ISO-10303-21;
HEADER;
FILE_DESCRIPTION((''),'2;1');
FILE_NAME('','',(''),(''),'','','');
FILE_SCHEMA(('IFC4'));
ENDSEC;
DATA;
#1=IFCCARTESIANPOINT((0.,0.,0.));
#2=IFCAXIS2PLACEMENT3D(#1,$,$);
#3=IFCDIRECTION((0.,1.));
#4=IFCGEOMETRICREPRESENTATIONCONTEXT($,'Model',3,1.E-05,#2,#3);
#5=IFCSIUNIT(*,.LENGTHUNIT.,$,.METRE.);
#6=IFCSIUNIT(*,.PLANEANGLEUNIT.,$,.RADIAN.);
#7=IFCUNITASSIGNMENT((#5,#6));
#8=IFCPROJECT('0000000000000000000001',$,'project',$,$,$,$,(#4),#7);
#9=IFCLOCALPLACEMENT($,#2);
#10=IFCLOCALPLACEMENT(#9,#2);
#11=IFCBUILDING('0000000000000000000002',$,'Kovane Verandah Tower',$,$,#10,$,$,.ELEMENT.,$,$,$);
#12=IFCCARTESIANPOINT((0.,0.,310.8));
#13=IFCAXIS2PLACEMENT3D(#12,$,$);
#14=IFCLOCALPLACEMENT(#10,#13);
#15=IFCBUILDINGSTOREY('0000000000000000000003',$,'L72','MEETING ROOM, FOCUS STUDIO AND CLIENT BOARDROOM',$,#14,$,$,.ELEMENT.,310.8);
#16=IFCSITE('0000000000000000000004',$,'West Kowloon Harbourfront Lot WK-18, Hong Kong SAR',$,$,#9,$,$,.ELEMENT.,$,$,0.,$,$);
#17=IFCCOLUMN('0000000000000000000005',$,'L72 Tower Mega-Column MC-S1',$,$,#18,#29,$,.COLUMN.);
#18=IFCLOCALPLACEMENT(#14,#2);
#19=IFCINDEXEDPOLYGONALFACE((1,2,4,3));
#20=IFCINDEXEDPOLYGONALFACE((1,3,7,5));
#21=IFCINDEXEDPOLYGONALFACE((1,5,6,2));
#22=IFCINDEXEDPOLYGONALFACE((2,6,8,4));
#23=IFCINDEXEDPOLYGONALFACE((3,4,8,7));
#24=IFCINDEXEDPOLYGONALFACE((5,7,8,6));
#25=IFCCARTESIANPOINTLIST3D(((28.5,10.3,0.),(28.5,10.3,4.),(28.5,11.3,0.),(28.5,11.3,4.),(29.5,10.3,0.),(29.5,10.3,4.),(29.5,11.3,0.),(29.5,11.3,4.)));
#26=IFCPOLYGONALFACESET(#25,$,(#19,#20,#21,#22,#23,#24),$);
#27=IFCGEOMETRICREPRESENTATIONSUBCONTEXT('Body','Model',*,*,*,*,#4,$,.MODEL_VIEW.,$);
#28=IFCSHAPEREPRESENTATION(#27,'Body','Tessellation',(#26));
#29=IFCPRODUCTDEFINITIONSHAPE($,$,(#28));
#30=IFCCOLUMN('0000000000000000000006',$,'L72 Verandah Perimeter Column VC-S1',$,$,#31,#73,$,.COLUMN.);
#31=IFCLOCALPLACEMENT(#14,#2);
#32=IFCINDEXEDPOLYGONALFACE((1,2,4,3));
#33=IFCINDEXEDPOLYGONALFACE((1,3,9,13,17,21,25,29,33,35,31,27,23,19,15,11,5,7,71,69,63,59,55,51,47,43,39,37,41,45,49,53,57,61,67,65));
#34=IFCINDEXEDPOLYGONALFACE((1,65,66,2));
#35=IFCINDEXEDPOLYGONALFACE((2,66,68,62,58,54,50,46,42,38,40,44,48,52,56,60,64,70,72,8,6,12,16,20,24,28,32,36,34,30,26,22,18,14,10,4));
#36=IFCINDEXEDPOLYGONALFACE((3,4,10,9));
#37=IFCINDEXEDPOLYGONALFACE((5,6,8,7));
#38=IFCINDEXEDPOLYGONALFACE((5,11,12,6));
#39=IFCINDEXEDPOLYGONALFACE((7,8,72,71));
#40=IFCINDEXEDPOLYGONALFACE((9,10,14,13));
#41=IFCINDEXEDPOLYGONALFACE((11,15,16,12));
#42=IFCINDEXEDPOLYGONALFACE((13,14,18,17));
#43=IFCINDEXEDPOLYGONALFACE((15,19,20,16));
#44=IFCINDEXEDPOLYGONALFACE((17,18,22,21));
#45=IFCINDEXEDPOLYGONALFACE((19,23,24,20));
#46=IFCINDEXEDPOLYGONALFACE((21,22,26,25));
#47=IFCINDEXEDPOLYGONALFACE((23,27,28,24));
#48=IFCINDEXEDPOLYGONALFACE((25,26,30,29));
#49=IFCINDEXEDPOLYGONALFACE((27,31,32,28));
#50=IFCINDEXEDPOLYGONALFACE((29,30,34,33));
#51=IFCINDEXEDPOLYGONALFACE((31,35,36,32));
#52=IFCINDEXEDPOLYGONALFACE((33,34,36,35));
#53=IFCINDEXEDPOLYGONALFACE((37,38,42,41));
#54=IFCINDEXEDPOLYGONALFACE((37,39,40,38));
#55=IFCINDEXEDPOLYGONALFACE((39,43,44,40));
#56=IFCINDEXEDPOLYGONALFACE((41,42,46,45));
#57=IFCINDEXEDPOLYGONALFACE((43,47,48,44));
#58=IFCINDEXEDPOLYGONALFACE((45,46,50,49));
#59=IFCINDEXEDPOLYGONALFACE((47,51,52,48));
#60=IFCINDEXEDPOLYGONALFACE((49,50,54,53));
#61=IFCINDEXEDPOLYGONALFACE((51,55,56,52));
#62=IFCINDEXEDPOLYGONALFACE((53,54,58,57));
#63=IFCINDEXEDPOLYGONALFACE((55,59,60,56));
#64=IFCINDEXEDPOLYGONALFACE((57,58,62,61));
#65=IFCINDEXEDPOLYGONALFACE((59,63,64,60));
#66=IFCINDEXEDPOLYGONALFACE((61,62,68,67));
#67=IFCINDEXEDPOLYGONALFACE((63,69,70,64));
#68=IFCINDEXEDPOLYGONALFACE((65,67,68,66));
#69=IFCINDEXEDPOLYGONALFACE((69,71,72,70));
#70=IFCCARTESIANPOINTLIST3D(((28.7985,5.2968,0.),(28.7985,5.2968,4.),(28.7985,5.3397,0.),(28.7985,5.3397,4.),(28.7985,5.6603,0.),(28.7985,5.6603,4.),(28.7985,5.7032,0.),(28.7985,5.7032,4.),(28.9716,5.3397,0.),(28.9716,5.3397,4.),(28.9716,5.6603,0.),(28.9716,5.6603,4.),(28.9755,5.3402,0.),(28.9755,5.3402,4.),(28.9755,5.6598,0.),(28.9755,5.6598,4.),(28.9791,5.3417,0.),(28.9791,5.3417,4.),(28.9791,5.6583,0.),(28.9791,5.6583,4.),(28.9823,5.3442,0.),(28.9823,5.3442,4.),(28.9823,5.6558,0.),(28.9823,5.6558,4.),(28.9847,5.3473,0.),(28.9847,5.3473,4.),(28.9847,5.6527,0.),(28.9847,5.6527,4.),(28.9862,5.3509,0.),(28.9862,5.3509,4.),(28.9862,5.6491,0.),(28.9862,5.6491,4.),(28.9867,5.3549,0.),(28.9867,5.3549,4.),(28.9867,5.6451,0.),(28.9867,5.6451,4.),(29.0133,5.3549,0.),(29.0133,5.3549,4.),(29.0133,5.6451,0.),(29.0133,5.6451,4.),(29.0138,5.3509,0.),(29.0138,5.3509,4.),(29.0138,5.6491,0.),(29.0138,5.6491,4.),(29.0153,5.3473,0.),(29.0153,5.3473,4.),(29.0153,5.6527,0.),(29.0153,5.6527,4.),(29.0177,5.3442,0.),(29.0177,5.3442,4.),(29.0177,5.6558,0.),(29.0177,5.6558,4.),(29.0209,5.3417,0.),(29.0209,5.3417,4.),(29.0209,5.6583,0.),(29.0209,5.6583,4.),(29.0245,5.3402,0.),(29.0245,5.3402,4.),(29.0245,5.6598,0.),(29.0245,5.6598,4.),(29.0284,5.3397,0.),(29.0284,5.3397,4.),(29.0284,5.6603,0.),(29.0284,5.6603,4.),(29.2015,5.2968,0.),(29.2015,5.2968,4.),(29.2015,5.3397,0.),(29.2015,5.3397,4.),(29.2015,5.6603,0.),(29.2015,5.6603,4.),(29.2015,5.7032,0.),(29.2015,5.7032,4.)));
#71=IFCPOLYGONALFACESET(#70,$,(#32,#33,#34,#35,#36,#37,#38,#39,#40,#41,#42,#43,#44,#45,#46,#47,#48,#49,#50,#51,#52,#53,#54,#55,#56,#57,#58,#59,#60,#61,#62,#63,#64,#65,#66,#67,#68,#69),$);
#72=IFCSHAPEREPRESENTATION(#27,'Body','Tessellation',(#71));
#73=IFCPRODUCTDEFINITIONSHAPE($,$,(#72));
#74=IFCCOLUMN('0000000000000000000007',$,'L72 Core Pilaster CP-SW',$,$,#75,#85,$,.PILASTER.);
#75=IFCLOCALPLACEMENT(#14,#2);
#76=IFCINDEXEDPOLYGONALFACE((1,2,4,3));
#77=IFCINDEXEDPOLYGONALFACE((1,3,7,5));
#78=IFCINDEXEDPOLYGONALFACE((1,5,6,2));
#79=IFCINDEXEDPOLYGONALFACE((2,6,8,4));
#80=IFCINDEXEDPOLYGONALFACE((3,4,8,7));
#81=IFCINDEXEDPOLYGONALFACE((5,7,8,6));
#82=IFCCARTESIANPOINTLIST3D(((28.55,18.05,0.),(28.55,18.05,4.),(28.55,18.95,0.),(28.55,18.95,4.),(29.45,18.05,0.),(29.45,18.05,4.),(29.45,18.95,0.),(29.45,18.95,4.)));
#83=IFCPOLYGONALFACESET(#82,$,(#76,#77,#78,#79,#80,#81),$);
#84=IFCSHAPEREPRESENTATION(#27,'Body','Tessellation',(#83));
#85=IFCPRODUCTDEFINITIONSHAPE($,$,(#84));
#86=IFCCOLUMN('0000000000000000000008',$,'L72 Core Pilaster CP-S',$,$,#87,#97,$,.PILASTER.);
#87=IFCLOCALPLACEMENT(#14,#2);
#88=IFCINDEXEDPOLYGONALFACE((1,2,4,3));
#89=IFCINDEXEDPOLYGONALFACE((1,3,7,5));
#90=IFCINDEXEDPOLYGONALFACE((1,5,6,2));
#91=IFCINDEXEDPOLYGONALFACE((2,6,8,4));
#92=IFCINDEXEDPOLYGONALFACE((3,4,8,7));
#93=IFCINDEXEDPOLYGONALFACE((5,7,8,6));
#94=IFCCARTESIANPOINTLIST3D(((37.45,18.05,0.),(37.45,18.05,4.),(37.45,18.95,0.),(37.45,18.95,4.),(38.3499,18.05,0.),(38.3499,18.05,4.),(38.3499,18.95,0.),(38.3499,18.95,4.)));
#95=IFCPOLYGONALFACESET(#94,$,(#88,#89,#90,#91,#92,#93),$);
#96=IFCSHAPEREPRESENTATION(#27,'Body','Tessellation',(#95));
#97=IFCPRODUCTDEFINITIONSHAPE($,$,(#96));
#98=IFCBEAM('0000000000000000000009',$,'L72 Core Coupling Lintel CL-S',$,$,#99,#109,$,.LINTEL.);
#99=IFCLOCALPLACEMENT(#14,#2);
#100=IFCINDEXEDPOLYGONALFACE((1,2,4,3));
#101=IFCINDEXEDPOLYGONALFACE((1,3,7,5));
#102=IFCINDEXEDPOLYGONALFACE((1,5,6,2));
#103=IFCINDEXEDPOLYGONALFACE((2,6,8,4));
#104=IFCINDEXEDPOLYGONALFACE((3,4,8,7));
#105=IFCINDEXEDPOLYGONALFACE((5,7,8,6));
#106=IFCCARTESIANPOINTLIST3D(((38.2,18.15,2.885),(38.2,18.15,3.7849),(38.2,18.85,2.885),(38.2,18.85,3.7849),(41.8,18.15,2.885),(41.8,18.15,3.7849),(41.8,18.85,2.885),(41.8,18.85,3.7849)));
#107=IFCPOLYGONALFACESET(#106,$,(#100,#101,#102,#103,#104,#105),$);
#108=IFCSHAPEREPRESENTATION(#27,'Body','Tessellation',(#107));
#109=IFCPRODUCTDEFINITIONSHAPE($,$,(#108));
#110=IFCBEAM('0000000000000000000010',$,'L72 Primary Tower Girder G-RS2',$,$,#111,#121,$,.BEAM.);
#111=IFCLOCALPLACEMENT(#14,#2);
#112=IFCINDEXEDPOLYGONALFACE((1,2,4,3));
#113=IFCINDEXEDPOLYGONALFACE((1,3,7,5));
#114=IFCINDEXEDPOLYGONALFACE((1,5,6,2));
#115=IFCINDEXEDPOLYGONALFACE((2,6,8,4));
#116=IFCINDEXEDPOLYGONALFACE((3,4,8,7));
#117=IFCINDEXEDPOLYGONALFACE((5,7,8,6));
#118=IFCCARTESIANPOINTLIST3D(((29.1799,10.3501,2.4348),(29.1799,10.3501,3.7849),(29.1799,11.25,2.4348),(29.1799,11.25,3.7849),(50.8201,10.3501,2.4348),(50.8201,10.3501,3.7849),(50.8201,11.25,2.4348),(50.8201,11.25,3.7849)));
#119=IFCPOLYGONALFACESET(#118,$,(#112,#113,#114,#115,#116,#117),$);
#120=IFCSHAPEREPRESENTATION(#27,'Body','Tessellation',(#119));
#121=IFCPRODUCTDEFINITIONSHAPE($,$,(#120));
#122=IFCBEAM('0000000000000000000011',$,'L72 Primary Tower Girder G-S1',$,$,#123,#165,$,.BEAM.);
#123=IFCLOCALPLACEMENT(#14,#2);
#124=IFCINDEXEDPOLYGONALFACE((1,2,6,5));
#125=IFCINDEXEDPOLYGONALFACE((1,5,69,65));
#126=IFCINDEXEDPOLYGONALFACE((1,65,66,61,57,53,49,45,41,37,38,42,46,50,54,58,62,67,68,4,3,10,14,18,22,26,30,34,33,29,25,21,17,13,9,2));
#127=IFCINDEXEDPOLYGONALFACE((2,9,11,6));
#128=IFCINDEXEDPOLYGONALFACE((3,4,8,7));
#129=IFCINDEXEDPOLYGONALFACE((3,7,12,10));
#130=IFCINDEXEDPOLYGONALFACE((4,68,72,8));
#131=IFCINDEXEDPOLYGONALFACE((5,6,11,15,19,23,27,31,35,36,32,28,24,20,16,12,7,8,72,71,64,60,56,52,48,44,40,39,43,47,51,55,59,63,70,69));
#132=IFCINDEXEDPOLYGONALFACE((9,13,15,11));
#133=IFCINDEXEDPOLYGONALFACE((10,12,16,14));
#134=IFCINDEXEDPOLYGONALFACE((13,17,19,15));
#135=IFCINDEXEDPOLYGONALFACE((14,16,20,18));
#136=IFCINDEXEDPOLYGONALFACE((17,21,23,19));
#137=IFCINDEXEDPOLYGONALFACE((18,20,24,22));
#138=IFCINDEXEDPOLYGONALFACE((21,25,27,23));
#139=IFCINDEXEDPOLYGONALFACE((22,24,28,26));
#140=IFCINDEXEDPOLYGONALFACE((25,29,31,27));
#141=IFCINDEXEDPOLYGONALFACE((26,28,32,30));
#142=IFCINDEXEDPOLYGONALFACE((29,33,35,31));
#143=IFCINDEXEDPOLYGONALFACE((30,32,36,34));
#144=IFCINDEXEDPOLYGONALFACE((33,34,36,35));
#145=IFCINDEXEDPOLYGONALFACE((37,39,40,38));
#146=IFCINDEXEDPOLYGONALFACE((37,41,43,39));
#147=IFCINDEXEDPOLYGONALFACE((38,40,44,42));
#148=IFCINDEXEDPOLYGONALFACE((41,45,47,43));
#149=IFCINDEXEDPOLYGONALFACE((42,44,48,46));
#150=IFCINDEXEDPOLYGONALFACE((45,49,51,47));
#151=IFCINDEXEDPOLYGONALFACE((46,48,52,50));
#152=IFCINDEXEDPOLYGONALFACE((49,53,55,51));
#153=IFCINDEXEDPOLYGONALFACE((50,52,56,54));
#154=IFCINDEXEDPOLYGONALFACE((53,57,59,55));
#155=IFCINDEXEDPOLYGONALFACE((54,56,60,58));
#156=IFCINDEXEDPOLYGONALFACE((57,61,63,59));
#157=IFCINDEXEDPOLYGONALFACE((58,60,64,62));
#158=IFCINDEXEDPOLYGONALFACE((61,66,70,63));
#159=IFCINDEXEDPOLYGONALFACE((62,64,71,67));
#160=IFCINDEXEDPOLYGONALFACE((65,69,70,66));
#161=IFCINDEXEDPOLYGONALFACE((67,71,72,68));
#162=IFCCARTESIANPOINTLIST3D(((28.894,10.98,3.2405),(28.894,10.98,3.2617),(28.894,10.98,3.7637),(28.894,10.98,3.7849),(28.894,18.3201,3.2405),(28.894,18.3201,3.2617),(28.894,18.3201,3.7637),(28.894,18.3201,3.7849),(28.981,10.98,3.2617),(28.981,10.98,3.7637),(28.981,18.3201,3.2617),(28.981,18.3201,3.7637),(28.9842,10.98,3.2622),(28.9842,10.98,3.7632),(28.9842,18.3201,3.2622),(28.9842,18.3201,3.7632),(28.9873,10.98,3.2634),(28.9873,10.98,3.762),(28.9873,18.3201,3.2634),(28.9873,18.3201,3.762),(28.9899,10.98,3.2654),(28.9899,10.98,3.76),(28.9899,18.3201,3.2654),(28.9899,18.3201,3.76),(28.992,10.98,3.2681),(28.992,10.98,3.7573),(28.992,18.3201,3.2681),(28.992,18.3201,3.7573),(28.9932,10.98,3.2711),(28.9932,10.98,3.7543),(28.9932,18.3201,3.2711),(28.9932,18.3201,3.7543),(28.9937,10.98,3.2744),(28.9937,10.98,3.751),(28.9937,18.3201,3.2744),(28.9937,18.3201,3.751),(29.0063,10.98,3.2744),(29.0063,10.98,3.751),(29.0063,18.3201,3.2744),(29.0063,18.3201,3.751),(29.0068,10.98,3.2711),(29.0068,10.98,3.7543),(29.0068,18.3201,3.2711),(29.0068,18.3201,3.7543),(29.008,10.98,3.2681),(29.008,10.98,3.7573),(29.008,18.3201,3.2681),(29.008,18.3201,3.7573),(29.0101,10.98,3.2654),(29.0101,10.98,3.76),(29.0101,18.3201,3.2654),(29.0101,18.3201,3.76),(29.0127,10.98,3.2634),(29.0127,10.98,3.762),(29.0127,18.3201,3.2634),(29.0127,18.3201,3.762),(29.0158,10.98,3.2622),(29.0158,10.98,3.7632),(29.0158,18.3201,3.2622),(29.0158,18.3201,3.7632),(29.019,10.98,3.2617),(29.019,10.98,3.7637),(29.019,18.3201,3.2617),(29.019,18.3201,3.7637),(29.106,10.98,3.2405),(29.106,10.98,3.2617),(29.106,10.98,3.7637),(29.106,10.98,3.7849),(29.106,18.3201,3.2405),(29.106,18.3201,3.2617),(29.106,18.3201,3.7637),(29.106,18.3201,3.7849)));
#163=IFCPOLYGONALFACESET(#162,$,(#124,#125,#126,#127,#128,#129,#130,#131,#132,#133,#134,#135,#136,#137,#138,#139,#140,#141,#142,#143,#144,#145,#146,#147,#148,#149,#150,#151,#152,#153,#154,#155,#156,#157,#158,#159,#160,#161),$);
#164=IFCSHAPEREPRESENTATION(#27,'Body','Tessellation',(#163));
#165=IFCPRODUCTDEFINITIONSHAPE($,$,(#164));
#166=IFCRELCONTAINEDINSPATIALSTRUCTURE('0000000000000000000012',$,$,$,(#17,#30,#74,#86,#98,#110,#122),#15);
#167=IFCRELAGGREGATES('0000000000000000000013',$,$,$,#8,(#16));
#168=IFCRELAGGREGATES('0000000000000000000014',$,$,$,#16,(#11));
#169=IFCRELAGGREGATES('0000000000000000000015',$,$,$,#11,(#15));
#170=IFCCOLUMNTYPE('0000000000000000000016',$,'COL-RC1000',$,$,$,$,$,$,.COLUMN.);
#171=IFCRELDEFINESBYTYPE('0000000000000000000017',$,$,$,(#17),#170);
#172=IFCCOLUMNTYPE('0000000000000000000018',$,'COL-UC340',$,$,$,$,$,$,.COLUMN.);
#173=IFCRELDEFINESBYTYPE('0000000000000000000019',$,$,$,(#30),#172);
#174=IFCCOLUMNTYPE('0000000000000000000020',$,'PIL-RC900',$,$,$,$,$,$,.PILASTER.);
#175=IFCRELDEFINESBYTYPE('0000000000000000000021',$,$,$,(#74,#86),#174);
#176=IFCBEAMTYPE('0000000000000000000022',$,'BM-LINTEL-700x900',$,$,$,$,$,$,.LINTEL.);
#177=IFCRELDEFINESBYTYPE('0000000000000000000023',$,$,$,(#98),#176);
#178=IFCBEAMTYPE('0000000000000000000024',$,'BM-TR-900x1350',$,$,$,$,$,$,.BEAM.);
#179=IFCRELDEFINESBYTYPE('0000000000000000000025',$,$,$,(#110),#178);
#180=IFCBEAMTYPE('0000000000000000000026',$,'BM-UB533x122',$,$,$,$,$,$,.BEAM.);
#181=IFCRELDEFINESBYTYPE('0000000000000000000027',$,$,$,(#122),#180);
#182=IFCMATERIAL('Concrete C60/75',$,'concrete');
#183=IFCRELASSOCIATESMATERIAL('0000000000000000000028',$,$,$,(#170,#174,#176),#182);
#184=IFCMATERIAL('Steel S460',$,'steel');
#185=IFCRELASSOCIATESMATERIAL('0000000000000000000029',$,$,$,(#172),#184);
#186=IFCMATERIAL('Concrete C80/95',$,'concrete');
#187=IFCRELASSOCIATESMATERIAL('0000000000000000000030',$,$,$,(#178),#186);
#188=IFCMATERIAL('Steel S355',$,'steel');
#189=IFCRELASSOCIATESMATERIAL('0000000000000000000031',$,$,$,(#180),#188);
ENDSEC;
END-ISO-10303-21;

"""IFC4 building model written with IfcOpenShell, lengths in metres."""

from ifc_helpers import new_model, si_unit, direction, frame, origin, origin_2d, place, context, subcontext, project, spatial, rectangle, i_section, extrude, material, material_profile, profile_set, type_object, element, save


model = new_model("IFC4")

# Units and contexts
model_context = context("Model", 3, precision=1e-05, world=origin(), true_north=direction((0.0, 1.0)))
body_context = subcontext(model_context, "Body", "Model", "MODEL_VIEW")
ifc_project = project(units=[si_unit("LENGTHUNIT", "METRE"), si_unit("PLANEANGLEUNIT", "RADIAN")], contexts=[model_context])

# Site, building, storey
site_placement = place(None, origin())
site = spatial("IfcSite", under=ifc_project, at=site_placement, Name="West Kowloon Harbourfront Lot WK-18, Hong Kong SAR", CompositionType="ELEMENT", RefElevation=0.0)
building_placement = place(site_placement, origin())
building = spatial("IfcBuilding", under=site, at=building_placement, Name="Kovane Verandah Tower", CompositionType="ELEMENT")
storey_placement = place(building_placement, frame((0.0, 0.0, 310.8)))
storey = spatial("IfcBuildingStorey", under=building, at=storey_placement, Name="L72", Description="MEETING ROOM, FOCUS STUDIO AND CLIENT BOARDROOM", CompositionType="ELEMENT", Elevation=310.8)

# Columns
ifc_material_1 = material(Name="Concrete C60/75", Category="concrete")
ifc_material_profile_1 = material_profile(ifc_material_1, rectangle(XDim=1.0, YDim=1.0, at=origin_2d()), Name="RC1000x1000")
ifc_profile_set_1 = profile_set([ifc_material_profile_1], Name="Concrete C60/75")
column_type_1 = type_object("IfcColumnType", Name="COL-RC1000", PredefinedType="COLUMN", material=ifc_profile_set_1)
column_1_placement = place(storey_placement, frame((29.0, 10.8, 0.0), z_axis=(0.0, 0.0, 1.0), x_axis=(1.0, 0.0, 0.0)))
element("IfcColumn", 1, at=column_1_placement, inside=storey, type_object=column_type_1, Name="L72 Tower Mega-Column MC-S1", PredefinedType="COLUMN", context=body_context, shape_type="SweptSolid", body=[
    extrude(rectangle(XDim=1.0, YDim=1.0, at=origin_2d()), origin(), (0.0, 0.0, 1.0), 4.0),
])
ifc_material_2 = material(Name="Steel S460", Category="steel")
ifc_material_profile_2 = material_profile(ifc_material_2, i_section(OverallWidth=0.4031, OverallDepth=0.4065, WebThickness=0.0266, FlangeThickness=0.043, FilletRadius=0.0151, at=origin_2d()), Name="UC356x406x340")
ifc_profile_set_2 = profile_set([ifc_material_profile_2], Name="Steel S460")
column_type_2 = type_object("IfcColumnType", Name="COL-UC340", PredefinedType="COLUMN", material=ifc_profile_set_2)
column_2_placement = place(storey_placement, frame((29.0, 5.5, 0.0), z_axis=(0.0, 0.0, 1.0), x_axis=(1.0, 0.0, 0.0)))
element("IfcColumn", 2, at=column_2_placement, inside=storey, type_object=column_type_2, Name="L72 Verandah Perimeter Column VC-S1", PredefinedType="COLUMN", context=body_context, shape_type="SweptSolid", body=[
    extrude(i_section(OverallWidth=0.4031, OverallDepth=0.4065, WebThickness=0.0266, FlangeThickness=0.043, FilletRadius=0.0151, at=origin_2d()), origin(), (0.0, 0.0, 1.0), 4.0),
])
ifc_material_profile_3 = material_profile(ifc_material_1, rectangle(XDim=0.8999, YDim=0.8999, at=origin_2d()), Name="RC900x900")
ifc_profile_set_3 = profile_set([ifc_material_profile_3], Name="Concrete C60/75")
column_type_3 = type_object("IfcColumnType", Name="PIL-RC900", PredefinedType="PILASTER", material=ifc_profile_set_3)
for number, where, z_axis, x_axis, name in (
    (3, (29.0, 18.5, 0.0), (0.0, 0.0, 1.0), (1.0, 0.0, 0.0), "L72 Core Pilaster CP-SW"),
    (4, (37.8999, 18.5, 0.0), (0.0, 0.0, 1.0), (1.0, 0.0, 0.0), "L72 Core Pilaster CP-S"),
):
    element("IfcColumn", number, at=place(storey_placement, frame(where, z_axis=z_axis, x_axis=x_axis)), inside=storey, type_object=column_type_3, Name=name, PredefinedType="PILASTER", context=body_context, shape_type="SweptSolid", body=[
        extrude(rectangle(XDim=0.8999, YDim=0.8999, at=origin_2d()), origin(), (0.0, 0.0, 1.0), 4.0),
    ])

# Beams
ifc_material_profile_4 = material_profile(ifc_material_1, rectangle(XDim=0.7, YDim=0.8999, at=origin_2d()), Name="RCB700x900")
ifc_profile_set_4 = profile_set([ifc_material_profile_4], Name="Concrete C60/75")
beam_type_1 = type_object("IfcBeamType", Name="BM-LINTEL-700x900", PredefinedType="LINTEL", material=ifc_profile_set_4)
beam_1_placement = place(storey_placement, frame((38.2, 18.5, 3.335), z_axis=(1.0, 0.0, 0.0), x_axis=(0.0, 1.0, 0.0)))
element("IfcBeam", 5, at=beam_1_placement, inside=storey, type_object=beam_type_1, Name="L72 Core Coupling Lintel CL-S", PredefinedType="LINTEL", context=body_context, shape_type="SweptSolid", body=[
    extrude(rectangle(XDim=0.7, YDim=0.8999, at=origin_2d()), origin(), (0.0, 0.0, 1.0), 3.6001),
])
ifc_material_3 = material(Name="Concrete C80/95", Category="concrete")
ifc_material_profile_5 = material_profile(ifc_material_3, rectangle(XDim=0.8999, YDim=1.3501, at=origin_2d()), Name="RCB900x1350")
ifc_profile_set_5 = profile_set([ifc_material_profile_5], Name="Concrete C80/95")
beam_type_2 = type_object("IfcBeamType", Name="BM-TR-900x1350", PredefinedType="BEAM", material=ifc_profile_set_5)
beam_2_placement = place(storey_placement, frame((29.1799, 10.8, 3.1099), z_axis=(1.0, 0.0, 0.0), x_axis=(0.0, 1.0, 0.0)))
element("IfcBeam", 6, at=beam_2_placement, inside=storey, type_object=beam_type_2, Name="L72 Primary Tower Girder G-RS2", PredefinedType="BEAM", context=body_context, shape_type="SweptSolid", body=[
    extrude(rectangle(XDim=0.8999, YDim=1.3501, at=origin_2d()), origin(), (0.0, 0.0, 1.0), 21.6401),
])
ifc_material_4 = material(Name="Steel S355", Category="steel")
ifc_material_profile_6 = material_profile(ifc_material_4, i_section(OverallWidth=0.2119, OverallDepth=0.5444, WebThickness=0.0127, FlangeThickness=0.0212, FilletRadius=0.0127, at=origin_2d()), Name="UB533x210x122")
ifc_profile_set_6 = profile_set([ifc_material_profile_6], Name="Steel S355")
beam_type_3 = type_object("IfcBeamType", Name="BM-UB533x122", PredefinedType="BEAM", material=ifc_profile_set_6)
beam_3_placement = place(storey_placement, frame((29.0, 18.3201, 3.5127), z_axis=(0.0, -1.0, 0.0), x_axis=(1.0, 0.0, 0.0)))
element("IfcBeam", 7, at=beam_3_placement, inside=storey, type_object=beam_type_3, Name="L72 Primary Tower Girder G-S1", PredefinedType="BEAM", context=body_context, shape_type="SweptSolid", body=[
    extrude(i_section(OverallWidth=0.2119, OverallDepth=0.5444, WebThickness=0.0127, FlangeThickness=0.0212, FilletRadius=0.0127, at=origin_2d()), origin(), (0.0, 0.0, 1.0), 7.3401),
])

save(model, "model.ifc")
